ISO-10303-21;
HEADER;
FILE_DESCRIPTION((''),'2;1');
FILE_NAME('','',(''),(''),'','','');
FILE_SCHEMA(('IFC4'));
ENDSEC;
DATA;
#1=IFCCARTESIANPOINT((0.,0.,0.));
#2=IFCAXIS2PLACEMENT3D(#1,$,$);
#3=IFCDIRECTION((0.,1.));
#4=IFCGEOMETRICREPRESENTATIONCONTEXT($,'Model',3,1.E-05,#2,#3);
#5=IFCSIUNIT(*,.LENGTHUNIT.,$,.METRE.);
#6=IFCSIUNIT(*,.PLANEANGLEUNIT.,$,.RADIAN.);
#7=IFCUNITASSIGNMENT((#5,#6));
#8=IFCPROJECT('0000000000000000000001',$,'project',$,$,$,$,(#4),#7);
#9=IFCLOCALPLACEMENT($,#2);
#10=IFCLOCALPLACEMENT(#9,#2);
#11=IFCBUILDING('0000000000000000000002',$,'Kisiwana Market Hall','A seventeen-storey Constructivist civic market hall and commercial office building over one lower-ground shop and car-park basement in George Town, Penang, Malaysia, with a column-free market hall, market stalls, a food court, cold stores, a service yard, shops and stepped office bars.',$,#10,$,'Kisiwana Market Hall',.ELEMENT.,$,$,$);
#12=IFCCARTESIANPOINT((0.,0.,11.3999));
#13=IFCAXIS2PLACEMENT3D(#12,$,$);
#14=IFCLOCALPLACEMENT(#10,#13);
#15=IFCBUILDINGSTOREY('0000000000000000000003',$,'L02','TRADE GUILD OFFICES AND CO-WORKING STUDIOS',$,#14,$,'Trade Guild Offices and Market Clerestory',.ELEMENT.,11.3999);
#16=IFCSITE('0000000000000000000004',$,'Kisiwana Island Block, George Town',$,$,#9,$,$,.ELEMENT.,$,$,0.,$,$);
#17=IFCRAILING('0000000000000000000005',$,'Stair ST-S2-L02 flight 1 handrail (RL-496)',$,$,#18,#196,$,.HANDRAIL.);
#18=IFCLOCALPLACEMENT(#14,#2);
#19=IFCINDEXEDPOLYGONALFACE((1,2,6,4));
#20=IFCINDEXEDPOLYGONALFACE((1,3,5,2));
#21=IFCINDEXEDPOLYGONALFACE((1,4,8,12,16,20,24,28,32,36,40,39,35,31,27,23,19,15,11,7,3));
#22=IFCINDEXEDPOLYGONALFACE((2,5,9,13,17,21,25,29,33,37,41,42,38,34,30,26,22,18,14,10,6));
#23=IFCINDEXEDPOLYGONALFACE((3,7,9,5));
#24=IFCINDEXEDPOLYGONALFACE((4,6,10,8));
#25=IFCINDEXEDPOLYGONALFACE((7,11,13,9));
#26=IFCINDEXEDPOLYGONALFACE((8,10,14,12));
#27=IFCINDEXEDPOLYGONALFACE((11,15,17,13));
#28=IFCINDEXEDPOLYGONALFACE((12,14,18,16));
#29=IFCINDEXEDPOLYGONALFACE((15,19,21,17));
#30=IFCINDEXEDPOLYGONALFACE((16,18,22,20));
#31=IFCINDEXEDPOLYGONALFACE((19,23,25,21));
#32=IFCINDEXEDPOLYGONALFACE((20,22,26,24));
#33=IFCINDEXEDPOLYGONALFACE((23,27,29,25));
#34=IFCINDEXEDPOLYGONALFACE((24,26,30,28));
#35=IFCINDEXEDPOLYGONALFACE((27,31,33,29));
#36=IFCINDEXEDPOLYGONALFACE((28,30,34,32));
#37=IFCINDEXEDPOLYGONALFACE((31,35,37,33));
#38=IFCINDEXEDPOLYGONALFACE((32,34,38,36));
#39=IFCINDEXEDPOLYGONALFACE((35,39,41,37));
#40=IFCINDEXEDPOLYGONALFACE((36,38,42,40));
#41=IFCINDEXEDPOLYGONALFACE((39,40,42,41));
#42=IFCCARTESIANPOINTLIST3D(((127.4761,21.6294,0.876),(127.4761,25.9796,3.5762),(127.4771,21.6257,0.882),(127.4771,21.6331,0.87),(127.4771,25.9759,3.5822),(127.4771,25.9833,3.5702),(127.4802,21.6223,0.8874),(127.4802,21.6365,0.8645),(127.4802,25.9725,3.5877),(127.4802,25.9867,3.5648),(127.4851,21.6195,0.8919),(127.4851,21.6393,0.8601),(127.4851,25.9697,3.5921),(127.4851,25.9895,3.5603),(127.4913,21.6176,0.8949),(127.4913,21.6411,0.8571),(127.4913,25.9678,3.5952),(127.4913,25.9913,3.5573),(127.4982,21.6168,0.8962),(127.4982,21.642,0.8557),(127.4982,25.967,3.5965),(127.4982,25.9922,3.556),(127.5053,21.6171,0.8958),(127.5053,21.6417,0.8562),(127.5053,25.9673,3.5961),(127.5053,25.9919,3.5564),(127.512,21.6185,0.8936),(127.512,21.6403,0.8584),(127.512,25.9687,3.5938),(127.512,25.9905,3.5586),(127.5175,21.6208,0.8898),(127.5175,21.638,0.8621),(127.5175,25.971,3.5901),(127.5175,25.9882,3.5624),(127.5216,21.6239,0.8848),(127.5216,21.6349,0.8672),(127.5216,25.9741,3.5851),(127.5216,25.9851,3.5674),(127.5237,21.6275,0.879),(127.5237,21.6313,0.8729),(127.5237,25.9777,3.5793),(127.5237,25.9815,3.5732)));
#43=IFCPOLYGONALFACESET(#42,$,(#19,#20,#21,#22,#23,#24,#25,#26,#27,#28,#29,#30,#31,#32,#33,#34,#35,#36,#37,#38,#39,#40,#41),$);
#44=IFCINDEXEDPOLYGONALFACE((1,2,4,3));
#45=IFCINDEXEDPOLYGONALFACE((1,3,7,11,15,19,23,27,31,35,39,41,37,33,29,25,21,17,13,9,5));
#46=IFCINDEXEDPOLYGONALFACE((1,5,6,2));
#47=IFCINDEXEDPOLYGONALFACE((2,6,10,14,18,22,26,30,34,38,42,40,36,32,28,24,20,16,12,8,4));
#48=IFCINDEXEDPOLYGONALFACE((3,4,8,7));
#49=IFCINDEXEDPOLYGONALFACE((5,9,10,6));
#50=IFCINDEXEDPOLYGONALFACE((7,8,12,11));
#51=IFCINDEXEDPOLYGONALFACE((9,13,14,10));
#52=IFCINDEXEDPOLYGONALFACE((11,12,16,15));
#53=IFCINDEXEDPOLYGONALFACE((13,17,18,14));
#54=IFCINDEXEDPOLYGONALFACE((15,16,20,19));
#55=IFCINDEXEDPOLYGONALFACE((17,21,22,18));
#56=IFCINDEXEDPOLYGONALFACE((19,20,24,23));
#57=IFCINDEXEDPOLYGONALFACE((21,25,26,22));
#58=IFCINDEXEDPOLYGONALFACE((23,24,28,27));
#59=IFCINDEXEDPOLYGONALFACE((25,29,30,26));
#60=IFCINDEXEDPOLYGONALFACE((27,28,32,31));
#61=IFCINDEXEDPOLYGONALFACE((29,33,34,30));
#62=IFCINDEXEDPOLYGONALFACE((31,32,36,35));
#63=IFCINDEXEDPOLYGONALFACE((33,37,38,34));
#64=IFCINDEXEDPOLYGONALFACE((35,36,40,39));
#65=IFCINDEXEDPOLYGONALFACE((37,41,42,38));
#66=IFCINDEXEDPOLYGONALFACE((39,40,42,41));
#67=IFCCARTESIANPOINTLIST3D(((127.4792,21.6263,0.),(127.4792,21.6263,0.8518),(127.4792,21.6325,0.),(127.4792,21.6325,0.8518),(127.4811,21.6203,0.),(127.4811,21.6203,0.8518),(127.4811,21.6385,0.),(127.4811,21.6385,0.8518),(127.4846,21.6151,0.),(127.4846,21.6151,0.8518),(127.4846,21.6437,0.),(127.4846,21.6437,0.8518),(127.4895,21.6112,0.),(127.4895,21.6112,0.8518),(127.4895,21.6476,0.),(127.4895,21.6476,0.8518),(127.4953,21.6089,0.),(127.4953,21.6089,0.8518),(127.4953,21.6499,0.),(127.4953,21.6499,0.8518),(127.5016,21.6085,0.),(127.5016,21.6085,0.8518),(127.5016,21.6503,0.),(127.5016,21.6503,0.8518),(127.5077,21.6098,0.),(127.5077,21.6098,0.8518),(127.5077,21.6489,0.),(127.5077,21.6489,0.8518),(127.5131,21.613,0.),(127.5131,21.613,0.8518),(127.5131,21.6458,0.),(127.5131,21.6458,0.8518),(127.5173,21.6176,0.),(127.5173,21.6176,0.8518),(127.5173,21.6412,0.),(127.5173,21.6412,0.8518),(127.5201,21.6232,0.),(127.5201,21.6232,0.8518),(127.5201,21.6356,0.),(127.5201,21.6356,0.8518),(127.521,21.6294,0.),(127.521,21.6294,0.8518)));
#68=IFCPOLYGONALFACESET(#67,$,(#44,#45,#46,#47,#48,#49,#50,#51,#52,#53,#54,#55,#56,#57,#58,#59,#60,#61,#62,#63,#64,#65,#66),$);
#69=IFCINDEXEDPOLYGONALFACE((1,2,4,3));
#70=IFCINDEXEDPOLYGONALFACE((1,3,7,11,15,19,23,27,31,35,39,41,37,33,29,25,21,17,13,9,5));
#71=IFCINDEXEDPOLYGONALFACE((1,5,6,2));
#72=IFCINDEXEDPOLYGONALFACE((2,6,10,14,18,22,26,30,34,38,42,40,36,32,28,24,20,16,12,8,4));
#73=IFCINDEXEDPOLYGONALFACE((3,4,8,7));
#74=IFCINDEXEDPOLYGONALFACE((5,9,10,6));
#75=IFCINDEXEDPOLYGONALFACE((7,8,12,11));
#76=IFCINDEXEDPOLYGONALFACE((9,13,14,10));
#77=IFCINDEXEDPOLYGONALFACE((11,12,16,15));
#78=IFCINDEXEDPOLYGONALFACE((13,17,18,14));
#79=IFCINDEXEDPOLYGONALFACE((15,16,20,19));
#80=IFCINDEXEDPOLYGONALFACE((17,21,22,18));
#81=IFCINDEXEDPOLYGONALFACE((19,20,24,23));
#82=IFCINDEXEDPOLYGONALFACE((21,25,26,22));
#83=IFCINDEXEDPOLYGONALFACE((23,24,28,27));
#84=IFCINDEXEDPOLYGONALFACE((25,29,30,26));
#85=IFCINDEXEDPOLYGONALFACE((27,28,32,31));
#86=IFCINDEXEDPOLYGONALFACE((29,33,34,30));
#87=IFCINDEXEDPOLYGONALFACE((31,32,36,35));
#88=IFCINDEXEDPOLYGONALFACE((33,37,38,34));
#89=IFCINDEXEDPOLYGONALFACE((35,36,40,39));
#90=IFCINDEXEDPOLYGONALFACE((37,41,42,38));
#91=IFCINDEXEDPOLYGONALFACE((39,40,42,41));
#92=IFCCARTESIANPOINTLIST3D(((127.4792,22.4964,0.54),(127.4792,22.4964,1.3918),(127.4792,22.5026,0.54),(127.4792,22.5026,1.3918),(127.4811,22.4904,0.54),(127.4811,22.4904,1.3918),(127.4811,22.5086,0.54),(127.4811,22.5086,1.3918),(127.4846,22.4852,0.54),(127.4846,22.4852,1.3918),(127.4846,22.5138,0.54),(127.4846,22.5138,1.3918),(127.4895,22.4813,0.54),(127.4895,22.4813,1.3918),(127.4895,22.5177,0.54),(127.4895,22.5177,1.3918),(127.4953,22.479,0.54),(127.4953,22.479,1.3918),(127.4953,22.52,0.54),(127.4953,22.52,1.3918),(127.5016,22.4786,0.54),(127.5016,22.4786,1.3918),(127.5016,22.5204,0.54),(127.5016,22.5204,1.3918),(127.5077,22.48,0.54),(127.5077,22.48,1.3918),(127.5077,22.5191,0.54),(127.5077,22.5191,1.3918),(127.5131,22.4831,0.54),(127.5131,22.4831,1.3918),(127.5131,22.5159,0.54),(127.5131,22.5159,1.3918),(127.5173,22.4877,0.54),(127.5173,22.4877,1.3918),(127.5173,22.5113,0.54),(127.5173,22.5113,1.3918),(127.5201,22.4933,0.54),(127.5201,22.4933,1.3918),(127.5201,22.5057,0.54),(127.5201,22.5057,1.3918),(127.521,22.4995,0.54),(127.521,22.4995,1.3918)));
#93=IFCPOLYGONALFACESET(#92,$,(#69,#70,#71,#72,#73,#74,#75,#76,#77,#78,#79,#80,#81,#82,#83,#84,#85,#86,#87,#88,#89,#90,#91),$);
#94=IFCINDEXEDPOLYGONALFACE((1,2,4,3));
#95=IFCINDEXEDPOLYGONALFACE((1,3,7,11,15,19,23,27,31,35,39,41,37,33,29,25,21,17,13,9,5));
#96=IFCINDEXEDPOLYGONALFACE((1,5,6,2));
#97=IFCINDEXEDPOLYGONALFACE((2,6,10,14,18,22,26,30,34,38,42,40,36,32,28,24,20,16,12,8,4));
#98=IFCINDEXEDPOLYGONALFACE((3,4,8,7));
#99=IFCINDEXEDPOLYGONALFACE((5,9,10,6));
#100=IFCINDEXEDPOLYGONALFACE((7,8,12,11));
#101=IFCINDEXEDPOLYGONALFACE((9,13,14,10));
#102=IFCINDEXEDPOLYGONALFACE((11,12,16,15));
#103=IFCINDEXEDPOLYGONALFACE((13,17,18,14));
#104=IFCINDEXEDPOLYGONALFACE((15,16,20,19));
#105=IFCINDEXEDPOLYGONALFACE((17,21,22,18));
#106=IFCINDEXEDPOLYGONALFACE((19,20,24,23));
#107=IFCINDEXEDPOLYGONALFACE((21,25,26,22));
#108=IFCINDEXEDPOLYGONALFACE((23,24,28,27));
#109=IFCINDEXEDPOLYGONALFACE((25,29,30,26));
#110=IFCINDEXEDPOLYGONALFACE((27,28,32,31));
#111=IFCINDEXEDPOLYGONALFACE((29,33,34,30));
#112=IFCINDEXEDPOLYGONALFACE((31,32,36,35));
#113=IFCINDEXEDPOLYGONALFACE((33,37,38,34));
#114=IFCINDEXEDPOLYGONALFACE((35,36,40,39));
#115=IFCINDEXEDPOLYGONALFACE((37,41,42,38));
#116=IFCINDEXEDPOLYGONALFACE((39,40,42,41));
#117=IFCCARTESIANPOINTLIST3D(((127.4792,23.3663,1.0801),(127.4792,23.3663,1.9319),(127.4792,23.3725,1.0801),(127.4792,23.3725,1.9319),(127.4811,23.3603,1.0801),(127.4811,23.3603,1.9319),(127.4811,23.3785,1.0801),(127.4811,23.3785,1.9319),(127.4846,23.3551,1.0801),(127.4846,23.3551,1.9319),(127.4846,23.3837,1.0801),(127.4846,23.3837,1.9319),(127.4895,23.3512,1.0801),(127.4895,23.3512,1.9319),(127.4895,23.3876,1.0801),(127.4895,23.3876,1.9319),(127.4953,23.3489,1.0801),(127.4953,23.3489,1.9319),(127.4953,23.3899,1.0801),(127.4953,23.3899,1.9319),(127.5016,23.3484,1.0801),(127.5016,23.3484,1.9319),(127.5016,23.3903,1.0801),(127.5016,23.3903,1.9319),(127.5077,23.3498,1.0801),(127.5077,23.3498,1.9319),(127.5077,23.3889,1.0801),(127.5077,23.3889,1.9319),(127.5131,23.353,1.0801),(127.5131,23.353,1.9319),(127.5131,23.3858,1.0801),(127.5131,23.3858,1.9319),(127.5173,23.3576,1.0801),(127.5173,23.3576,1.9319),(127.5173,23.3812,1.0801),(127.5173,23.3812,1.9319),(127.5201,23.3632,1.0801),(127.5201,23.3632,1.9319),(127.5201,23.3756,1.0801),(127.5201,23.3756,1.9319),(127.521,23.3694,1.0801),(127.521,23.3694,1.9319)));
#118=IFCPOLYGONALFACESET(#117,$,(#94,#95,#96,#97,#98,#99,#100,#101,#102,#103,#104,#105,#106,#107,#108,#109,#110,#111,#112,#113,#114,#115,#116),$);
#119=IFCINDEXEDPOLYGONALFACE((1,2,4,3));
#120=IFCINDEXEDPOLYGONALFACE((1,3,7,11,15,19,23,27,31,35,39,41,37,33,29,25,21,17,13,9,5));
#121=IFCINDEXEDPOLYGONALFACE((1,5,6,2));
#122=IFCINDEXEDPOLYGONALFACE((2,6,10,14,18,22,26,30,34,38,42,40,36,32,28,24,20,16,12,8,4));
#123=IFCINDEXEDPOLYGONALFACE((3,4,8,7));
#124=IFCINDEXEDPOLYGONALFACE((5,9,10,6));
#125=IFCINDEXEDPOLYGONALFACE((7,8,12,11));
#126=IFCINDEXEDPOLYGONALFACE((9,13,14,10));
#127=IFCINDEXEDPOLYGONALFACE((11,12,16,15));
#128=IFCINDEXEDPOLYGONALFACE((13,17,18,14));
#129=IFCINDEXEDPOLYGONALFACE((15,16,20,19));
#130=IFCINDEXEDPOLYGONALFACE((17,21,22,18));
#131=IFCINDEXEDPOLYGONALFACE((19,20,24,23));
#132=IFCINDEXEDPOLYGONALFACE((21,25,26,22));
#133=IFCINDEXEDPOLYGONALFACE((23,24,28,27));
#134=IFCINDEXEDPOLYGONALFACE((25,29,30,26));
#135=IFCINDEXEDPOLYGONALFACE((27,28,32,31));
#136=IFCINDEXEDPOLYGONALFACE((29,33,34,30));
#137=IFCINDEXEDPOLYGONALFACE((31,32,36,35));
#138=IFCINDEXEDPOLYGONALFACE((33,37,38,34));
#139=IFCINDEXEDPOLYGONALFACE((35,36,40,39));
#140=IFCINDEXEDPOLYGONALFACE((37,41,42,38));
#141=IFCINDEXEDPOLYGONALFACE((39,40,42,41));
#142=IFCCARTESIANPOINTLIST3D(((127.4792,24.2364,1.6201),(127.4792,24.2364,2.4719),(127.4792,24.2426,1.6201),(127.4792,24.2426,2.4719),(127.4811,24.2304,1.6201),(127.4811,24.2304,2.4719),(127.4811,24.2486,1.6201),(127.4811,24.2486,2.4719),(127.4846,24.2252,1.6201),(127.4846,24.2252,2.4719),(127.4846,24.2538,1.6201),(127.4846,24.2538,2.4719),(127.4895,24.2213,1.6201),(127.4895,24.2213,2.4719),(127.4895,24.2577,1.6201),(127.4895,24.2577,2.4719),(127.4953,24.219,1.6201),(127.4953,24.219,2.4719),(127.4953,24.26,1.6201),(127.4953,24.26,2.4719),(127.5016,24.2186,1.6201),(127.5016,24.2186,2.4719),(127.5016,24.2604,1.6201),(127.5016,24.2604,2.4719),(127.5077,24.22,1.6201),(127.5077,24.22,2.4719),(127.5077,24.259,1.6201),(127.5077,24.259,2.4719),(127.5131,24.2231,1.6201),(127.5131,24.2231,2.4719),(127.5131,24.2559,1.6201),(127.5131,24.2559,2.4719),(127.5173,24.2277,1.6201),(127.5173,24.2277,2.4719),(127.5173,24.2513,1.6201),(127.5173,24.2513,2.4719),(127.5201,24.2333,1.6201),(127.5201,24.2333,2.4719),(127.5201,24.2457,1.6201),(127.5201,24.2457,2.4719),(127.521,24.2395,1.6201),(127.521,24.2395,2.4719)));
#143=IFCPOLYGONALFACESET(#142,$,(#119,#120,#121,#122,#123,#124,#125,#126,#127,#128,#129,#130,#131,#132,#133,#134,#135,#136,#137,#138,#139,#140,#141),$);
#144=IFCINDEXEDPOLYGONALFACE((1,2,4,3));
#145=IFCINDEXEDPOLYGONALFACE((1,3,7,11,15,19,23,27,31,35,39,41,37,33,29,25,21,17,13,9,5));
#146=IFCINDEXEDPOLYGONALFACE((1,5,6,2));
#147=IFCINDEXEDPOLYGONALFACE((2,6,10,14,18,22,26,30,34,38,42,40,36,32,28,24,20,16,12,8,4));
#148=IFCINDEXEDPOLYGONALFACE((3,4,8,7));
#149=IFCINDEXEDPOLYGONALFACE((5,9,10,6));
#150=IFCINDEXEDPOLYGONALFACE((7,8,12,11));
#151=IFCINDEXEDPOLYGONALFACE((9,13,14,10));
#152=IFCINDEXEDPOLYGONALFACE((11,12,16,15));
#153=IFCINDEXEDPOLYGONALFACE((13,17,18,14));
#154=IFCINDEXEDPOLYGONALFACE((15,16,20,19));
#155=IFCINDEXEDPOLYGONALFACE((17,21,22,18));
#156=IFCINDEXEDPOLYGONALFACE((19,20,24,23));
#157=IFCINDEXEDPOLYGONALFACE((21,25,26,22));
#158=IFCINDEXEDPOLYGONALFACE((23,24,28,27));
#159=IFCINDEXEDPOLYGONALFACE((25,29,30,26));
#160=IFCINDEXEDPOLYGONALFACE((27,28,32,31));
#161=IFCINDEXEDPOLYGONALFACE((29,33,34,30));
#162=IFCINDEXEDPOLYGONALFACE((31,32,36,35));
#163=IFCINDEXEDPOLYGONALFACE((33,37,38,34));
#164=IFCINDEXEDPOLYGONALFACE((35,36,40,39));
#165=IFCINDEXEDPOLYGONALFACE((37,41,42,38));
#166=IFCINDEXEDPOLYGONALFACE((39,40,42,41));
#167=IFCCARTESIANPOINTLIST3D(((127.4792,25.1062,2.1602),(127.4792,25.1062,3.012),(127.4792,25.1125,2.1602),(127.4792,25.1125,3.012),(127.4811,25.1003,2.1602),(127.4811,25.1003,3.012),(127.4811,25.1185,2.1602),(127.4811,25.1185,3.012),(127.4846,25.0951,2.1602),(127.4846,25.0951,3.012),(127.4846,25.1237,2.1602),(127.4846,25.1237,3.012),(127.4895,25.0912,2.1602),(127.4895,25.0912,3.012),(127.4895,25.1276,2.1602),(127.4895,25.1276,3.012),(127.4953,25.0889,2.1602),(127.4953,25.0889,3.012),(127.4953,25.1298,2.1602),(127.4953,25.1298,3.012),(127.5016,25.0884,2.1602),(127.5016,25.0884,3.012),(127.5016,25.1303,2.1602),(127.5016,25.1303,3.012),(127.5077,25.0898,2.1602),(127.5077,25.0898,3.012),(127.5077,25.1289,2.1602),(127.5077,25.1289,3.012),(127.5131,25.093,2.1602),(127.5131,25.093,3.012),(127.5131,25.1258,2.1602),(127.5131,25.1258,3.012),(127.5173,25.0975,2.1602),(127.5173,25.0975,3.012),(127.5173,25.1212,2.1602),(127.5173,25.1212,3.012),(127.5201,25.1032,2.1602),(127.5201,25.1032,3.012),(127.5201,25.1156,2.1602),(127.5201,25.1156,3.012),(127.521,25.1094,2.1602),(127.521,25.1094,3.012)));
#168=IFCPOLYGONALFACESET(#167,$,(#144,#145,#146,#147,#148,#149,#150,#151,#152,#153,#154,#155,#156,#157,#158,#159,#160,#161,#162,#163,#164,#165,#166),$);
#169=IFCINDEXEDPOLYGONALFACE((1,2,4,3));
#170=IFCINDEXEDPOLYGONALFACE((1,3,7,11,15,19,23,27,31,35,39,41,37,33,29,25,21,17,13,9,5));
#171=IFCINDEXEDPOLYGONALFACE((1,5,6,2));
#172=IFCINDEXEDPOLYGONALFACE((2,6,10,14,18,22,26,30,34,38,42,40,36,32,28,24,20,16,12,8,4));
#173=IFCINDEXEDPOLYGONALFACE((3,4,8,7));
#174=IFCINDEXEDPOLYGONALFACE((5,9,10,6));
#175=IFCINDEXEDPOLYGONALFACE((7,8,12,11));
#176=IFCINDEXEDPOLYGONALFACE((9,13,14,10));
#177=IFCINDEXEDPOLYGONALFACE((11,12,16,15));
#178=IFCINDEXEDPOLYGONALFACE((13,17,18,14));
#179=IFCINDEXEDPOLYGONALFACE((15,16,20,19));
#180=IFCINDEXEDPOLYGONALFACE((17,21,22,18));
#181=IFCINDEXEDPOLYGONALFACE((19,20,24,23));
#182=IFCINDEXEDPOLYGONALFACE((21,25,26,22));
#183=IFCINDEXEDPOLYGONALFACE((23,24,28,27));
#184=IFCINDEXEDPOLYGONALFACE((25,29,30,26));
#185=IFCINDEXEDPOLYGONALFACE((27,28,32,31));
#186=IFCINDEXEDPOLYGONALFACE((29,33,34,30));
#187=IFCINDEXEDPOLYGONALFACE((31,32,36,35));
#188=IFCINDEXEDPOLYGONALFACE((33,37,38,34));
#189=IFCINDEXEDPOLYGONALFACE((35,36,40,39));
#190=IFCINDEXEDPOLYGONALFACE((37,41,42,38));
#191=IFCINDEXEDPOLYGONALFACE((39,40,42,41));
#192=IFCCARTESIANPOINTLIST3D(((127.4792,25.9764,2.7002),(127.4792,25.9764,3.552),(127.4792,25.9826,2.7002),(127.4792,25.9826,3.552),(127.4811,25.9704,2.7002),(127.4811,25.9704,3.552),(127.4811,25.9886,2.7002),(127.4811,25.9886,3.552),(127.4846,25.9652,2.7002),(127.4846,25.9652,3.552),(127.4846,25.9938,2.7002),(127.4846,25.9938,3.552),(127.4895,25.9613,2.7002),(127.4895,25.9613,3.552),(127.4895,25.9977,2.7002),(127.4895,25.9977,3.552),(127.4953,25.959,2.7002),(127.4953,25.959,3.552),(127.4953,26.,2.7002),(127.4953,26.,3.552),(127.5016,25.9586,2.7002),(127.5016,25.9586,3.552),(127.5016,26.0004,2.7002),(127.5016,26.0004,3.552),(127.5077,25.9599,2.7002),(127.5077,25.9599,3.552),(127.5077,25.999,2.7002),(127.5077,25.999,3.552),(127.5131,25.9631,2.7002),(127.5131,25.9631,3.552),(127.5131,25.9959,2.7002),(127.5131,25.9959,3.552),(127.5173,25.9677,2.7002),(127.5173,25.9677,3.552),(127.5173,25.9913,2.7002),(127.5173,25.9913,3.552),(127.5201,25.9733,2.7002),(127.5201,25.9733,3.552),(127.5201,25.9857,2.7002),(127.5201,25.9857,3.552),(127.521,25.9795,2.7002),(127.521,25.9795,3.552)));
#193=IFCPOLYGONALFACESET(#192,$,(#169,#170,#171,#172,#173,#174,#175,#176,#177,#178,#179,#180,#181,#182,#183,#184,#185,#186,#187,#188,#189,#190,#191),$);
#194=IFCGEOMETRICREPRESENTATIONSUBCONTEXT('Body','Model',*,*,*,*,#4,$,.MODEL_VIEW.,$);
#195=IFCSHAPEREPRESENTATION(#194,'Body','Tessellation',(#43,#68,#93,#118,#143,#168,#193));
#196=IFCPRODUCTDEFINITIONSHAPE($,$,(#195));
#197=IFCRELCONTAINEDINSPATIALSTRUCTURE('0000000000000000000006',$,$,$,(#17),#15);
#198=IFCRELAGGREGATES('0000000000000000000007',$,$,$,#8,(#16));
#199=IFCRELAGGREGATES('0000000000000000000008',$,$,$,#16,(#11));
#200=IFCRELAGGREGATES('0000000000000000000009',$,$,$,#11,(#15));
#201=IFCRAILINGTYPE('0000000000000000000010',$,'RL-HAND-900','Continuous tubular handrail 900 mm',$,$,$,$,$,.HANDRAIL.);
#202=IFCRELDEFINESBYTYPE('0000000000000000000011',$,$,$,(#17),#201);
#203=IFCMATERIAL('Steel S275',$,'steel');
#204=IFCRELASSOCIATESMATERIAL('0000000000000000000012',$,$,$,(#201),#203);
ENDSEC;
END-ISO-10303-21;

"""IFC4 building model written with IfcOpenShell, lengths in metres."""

from ifc_helpers import new_model, si_unit, direction, frame, origin, origin_2d, place, context, subcontext, project, spatial, circle, extrude, material, type_object, element, save


model = new_model("IFC4")

# Units and contexts
model_context = context("Model", 3, precision=1e-05, world=origin(), true_north=direction((0.0, 1.0)))
body_context = subcontext(model_context, "Body", "Model", "MODEL_VIEW")
ifc_project = project(units=[si_unit("LENGTHUNIT", "METRE"), si_unit("PLANEANGLEUNIT", "RADIAN")], contexts=[model_context])

# Site, building, storey
site_placement = place(None, origin())
site = spatial("IfcSite", under=ifc_project, at=site_placement, Name="Kisiwana Island Block, George Town", CompositionType="ELEMENT", RefElevation=0.0)
building_placement = place(site_placement, origin())
building = spatial("IfcBuilding", under=site, at=building_placement, Name="Kisiwana Market Hall", Description="A seventeen-storey Constructivist civic market hall and commercial office building over one lower-ground shop and car-park basement in George Town, Penang, Malaysia, with a column-free market hall, market stalls, a food court, cold stores, a service yard, shops and stepped office bars.", LongName="Kisiwana Market Hall", CompositionType="ELEMENT")
storey_placement = place(building_placement, frame((0.0, 0.0, 11.3999)))
storey = spatial("IfcBuildingStorey", under=building, at=storey_placement, Name="L02", Description="TRADE GUILD OFFICES AND CO-WORKING STUDIOS", LongName="Trade Guild Offices and Market Clerestory", CompositionType="ELEMENT", Elevation=11.3999)

# Railing
ifc_material_1 = material(Name="Steel S275", Category="steel")
railing_type_1 = type_object("IfcRailingType", Name="RL-HAND-900", Description="Continuous tubular handrail 900 mm", PredefinedType="HANDRAIL", material=ifc_material_1)
railing_1_placement = place(storey_placement, frame((127.5, 21.6294, 0.0)))
element("IfcRailing", 1, at=railing_1_placement, inside=storey, type_object=railing_type_1, Name="Stair ST-S2-L02 flight 1 handrail (RL-496)", PredefinedType="HANDRAIL", context=body_context, shape_type="SweptSolid", body=[
    extrude(circle(Radius=0.0239, at=origin_2d()), frame((0.0, 0.0, 0.876), z_axis=(0.0, 0.849628, 0.527382), x_axis=(-1.0, 0.0, 0.0)), (0.0, 0.0, 1.0), 5.1201),
    extrude(circle(Radius=0.021, at=origin_2d()), origin(), (0.0, 0.0, 1.0), 0.8518),
    extrude(circle(Radius=0.021, at=origin_2d()), frame((0.0, 0.8701, 0.54)), (0.0, 0.0, 1.0), 0.8518),
    extrude(circle(Radius=0.021, at=origin_2d()), frame((0.0, 1.74, 1.0801)), (0.0, 0.0, 1.0), 0.8518),
    extrude(circle(Radius=0.021, at=origin_2d()), frame((0.0, 2.6101, 1.6201)), (0.0, 0.0, 1.0), 0.8518),
    extrude(circle(Radius=0.021, at=origin_2d()), frame((0.0, 3.48, 2.1602)), (0.0, 0.0, 1.0), 0.8518),
    extrude(circle(Radius=0.021, at=origin_2d()), frame((0.0, 4.3501, 2.7002)), (0.0, 0.0, 1.0), 0.8518),
])

save(model, "model.ifc")
